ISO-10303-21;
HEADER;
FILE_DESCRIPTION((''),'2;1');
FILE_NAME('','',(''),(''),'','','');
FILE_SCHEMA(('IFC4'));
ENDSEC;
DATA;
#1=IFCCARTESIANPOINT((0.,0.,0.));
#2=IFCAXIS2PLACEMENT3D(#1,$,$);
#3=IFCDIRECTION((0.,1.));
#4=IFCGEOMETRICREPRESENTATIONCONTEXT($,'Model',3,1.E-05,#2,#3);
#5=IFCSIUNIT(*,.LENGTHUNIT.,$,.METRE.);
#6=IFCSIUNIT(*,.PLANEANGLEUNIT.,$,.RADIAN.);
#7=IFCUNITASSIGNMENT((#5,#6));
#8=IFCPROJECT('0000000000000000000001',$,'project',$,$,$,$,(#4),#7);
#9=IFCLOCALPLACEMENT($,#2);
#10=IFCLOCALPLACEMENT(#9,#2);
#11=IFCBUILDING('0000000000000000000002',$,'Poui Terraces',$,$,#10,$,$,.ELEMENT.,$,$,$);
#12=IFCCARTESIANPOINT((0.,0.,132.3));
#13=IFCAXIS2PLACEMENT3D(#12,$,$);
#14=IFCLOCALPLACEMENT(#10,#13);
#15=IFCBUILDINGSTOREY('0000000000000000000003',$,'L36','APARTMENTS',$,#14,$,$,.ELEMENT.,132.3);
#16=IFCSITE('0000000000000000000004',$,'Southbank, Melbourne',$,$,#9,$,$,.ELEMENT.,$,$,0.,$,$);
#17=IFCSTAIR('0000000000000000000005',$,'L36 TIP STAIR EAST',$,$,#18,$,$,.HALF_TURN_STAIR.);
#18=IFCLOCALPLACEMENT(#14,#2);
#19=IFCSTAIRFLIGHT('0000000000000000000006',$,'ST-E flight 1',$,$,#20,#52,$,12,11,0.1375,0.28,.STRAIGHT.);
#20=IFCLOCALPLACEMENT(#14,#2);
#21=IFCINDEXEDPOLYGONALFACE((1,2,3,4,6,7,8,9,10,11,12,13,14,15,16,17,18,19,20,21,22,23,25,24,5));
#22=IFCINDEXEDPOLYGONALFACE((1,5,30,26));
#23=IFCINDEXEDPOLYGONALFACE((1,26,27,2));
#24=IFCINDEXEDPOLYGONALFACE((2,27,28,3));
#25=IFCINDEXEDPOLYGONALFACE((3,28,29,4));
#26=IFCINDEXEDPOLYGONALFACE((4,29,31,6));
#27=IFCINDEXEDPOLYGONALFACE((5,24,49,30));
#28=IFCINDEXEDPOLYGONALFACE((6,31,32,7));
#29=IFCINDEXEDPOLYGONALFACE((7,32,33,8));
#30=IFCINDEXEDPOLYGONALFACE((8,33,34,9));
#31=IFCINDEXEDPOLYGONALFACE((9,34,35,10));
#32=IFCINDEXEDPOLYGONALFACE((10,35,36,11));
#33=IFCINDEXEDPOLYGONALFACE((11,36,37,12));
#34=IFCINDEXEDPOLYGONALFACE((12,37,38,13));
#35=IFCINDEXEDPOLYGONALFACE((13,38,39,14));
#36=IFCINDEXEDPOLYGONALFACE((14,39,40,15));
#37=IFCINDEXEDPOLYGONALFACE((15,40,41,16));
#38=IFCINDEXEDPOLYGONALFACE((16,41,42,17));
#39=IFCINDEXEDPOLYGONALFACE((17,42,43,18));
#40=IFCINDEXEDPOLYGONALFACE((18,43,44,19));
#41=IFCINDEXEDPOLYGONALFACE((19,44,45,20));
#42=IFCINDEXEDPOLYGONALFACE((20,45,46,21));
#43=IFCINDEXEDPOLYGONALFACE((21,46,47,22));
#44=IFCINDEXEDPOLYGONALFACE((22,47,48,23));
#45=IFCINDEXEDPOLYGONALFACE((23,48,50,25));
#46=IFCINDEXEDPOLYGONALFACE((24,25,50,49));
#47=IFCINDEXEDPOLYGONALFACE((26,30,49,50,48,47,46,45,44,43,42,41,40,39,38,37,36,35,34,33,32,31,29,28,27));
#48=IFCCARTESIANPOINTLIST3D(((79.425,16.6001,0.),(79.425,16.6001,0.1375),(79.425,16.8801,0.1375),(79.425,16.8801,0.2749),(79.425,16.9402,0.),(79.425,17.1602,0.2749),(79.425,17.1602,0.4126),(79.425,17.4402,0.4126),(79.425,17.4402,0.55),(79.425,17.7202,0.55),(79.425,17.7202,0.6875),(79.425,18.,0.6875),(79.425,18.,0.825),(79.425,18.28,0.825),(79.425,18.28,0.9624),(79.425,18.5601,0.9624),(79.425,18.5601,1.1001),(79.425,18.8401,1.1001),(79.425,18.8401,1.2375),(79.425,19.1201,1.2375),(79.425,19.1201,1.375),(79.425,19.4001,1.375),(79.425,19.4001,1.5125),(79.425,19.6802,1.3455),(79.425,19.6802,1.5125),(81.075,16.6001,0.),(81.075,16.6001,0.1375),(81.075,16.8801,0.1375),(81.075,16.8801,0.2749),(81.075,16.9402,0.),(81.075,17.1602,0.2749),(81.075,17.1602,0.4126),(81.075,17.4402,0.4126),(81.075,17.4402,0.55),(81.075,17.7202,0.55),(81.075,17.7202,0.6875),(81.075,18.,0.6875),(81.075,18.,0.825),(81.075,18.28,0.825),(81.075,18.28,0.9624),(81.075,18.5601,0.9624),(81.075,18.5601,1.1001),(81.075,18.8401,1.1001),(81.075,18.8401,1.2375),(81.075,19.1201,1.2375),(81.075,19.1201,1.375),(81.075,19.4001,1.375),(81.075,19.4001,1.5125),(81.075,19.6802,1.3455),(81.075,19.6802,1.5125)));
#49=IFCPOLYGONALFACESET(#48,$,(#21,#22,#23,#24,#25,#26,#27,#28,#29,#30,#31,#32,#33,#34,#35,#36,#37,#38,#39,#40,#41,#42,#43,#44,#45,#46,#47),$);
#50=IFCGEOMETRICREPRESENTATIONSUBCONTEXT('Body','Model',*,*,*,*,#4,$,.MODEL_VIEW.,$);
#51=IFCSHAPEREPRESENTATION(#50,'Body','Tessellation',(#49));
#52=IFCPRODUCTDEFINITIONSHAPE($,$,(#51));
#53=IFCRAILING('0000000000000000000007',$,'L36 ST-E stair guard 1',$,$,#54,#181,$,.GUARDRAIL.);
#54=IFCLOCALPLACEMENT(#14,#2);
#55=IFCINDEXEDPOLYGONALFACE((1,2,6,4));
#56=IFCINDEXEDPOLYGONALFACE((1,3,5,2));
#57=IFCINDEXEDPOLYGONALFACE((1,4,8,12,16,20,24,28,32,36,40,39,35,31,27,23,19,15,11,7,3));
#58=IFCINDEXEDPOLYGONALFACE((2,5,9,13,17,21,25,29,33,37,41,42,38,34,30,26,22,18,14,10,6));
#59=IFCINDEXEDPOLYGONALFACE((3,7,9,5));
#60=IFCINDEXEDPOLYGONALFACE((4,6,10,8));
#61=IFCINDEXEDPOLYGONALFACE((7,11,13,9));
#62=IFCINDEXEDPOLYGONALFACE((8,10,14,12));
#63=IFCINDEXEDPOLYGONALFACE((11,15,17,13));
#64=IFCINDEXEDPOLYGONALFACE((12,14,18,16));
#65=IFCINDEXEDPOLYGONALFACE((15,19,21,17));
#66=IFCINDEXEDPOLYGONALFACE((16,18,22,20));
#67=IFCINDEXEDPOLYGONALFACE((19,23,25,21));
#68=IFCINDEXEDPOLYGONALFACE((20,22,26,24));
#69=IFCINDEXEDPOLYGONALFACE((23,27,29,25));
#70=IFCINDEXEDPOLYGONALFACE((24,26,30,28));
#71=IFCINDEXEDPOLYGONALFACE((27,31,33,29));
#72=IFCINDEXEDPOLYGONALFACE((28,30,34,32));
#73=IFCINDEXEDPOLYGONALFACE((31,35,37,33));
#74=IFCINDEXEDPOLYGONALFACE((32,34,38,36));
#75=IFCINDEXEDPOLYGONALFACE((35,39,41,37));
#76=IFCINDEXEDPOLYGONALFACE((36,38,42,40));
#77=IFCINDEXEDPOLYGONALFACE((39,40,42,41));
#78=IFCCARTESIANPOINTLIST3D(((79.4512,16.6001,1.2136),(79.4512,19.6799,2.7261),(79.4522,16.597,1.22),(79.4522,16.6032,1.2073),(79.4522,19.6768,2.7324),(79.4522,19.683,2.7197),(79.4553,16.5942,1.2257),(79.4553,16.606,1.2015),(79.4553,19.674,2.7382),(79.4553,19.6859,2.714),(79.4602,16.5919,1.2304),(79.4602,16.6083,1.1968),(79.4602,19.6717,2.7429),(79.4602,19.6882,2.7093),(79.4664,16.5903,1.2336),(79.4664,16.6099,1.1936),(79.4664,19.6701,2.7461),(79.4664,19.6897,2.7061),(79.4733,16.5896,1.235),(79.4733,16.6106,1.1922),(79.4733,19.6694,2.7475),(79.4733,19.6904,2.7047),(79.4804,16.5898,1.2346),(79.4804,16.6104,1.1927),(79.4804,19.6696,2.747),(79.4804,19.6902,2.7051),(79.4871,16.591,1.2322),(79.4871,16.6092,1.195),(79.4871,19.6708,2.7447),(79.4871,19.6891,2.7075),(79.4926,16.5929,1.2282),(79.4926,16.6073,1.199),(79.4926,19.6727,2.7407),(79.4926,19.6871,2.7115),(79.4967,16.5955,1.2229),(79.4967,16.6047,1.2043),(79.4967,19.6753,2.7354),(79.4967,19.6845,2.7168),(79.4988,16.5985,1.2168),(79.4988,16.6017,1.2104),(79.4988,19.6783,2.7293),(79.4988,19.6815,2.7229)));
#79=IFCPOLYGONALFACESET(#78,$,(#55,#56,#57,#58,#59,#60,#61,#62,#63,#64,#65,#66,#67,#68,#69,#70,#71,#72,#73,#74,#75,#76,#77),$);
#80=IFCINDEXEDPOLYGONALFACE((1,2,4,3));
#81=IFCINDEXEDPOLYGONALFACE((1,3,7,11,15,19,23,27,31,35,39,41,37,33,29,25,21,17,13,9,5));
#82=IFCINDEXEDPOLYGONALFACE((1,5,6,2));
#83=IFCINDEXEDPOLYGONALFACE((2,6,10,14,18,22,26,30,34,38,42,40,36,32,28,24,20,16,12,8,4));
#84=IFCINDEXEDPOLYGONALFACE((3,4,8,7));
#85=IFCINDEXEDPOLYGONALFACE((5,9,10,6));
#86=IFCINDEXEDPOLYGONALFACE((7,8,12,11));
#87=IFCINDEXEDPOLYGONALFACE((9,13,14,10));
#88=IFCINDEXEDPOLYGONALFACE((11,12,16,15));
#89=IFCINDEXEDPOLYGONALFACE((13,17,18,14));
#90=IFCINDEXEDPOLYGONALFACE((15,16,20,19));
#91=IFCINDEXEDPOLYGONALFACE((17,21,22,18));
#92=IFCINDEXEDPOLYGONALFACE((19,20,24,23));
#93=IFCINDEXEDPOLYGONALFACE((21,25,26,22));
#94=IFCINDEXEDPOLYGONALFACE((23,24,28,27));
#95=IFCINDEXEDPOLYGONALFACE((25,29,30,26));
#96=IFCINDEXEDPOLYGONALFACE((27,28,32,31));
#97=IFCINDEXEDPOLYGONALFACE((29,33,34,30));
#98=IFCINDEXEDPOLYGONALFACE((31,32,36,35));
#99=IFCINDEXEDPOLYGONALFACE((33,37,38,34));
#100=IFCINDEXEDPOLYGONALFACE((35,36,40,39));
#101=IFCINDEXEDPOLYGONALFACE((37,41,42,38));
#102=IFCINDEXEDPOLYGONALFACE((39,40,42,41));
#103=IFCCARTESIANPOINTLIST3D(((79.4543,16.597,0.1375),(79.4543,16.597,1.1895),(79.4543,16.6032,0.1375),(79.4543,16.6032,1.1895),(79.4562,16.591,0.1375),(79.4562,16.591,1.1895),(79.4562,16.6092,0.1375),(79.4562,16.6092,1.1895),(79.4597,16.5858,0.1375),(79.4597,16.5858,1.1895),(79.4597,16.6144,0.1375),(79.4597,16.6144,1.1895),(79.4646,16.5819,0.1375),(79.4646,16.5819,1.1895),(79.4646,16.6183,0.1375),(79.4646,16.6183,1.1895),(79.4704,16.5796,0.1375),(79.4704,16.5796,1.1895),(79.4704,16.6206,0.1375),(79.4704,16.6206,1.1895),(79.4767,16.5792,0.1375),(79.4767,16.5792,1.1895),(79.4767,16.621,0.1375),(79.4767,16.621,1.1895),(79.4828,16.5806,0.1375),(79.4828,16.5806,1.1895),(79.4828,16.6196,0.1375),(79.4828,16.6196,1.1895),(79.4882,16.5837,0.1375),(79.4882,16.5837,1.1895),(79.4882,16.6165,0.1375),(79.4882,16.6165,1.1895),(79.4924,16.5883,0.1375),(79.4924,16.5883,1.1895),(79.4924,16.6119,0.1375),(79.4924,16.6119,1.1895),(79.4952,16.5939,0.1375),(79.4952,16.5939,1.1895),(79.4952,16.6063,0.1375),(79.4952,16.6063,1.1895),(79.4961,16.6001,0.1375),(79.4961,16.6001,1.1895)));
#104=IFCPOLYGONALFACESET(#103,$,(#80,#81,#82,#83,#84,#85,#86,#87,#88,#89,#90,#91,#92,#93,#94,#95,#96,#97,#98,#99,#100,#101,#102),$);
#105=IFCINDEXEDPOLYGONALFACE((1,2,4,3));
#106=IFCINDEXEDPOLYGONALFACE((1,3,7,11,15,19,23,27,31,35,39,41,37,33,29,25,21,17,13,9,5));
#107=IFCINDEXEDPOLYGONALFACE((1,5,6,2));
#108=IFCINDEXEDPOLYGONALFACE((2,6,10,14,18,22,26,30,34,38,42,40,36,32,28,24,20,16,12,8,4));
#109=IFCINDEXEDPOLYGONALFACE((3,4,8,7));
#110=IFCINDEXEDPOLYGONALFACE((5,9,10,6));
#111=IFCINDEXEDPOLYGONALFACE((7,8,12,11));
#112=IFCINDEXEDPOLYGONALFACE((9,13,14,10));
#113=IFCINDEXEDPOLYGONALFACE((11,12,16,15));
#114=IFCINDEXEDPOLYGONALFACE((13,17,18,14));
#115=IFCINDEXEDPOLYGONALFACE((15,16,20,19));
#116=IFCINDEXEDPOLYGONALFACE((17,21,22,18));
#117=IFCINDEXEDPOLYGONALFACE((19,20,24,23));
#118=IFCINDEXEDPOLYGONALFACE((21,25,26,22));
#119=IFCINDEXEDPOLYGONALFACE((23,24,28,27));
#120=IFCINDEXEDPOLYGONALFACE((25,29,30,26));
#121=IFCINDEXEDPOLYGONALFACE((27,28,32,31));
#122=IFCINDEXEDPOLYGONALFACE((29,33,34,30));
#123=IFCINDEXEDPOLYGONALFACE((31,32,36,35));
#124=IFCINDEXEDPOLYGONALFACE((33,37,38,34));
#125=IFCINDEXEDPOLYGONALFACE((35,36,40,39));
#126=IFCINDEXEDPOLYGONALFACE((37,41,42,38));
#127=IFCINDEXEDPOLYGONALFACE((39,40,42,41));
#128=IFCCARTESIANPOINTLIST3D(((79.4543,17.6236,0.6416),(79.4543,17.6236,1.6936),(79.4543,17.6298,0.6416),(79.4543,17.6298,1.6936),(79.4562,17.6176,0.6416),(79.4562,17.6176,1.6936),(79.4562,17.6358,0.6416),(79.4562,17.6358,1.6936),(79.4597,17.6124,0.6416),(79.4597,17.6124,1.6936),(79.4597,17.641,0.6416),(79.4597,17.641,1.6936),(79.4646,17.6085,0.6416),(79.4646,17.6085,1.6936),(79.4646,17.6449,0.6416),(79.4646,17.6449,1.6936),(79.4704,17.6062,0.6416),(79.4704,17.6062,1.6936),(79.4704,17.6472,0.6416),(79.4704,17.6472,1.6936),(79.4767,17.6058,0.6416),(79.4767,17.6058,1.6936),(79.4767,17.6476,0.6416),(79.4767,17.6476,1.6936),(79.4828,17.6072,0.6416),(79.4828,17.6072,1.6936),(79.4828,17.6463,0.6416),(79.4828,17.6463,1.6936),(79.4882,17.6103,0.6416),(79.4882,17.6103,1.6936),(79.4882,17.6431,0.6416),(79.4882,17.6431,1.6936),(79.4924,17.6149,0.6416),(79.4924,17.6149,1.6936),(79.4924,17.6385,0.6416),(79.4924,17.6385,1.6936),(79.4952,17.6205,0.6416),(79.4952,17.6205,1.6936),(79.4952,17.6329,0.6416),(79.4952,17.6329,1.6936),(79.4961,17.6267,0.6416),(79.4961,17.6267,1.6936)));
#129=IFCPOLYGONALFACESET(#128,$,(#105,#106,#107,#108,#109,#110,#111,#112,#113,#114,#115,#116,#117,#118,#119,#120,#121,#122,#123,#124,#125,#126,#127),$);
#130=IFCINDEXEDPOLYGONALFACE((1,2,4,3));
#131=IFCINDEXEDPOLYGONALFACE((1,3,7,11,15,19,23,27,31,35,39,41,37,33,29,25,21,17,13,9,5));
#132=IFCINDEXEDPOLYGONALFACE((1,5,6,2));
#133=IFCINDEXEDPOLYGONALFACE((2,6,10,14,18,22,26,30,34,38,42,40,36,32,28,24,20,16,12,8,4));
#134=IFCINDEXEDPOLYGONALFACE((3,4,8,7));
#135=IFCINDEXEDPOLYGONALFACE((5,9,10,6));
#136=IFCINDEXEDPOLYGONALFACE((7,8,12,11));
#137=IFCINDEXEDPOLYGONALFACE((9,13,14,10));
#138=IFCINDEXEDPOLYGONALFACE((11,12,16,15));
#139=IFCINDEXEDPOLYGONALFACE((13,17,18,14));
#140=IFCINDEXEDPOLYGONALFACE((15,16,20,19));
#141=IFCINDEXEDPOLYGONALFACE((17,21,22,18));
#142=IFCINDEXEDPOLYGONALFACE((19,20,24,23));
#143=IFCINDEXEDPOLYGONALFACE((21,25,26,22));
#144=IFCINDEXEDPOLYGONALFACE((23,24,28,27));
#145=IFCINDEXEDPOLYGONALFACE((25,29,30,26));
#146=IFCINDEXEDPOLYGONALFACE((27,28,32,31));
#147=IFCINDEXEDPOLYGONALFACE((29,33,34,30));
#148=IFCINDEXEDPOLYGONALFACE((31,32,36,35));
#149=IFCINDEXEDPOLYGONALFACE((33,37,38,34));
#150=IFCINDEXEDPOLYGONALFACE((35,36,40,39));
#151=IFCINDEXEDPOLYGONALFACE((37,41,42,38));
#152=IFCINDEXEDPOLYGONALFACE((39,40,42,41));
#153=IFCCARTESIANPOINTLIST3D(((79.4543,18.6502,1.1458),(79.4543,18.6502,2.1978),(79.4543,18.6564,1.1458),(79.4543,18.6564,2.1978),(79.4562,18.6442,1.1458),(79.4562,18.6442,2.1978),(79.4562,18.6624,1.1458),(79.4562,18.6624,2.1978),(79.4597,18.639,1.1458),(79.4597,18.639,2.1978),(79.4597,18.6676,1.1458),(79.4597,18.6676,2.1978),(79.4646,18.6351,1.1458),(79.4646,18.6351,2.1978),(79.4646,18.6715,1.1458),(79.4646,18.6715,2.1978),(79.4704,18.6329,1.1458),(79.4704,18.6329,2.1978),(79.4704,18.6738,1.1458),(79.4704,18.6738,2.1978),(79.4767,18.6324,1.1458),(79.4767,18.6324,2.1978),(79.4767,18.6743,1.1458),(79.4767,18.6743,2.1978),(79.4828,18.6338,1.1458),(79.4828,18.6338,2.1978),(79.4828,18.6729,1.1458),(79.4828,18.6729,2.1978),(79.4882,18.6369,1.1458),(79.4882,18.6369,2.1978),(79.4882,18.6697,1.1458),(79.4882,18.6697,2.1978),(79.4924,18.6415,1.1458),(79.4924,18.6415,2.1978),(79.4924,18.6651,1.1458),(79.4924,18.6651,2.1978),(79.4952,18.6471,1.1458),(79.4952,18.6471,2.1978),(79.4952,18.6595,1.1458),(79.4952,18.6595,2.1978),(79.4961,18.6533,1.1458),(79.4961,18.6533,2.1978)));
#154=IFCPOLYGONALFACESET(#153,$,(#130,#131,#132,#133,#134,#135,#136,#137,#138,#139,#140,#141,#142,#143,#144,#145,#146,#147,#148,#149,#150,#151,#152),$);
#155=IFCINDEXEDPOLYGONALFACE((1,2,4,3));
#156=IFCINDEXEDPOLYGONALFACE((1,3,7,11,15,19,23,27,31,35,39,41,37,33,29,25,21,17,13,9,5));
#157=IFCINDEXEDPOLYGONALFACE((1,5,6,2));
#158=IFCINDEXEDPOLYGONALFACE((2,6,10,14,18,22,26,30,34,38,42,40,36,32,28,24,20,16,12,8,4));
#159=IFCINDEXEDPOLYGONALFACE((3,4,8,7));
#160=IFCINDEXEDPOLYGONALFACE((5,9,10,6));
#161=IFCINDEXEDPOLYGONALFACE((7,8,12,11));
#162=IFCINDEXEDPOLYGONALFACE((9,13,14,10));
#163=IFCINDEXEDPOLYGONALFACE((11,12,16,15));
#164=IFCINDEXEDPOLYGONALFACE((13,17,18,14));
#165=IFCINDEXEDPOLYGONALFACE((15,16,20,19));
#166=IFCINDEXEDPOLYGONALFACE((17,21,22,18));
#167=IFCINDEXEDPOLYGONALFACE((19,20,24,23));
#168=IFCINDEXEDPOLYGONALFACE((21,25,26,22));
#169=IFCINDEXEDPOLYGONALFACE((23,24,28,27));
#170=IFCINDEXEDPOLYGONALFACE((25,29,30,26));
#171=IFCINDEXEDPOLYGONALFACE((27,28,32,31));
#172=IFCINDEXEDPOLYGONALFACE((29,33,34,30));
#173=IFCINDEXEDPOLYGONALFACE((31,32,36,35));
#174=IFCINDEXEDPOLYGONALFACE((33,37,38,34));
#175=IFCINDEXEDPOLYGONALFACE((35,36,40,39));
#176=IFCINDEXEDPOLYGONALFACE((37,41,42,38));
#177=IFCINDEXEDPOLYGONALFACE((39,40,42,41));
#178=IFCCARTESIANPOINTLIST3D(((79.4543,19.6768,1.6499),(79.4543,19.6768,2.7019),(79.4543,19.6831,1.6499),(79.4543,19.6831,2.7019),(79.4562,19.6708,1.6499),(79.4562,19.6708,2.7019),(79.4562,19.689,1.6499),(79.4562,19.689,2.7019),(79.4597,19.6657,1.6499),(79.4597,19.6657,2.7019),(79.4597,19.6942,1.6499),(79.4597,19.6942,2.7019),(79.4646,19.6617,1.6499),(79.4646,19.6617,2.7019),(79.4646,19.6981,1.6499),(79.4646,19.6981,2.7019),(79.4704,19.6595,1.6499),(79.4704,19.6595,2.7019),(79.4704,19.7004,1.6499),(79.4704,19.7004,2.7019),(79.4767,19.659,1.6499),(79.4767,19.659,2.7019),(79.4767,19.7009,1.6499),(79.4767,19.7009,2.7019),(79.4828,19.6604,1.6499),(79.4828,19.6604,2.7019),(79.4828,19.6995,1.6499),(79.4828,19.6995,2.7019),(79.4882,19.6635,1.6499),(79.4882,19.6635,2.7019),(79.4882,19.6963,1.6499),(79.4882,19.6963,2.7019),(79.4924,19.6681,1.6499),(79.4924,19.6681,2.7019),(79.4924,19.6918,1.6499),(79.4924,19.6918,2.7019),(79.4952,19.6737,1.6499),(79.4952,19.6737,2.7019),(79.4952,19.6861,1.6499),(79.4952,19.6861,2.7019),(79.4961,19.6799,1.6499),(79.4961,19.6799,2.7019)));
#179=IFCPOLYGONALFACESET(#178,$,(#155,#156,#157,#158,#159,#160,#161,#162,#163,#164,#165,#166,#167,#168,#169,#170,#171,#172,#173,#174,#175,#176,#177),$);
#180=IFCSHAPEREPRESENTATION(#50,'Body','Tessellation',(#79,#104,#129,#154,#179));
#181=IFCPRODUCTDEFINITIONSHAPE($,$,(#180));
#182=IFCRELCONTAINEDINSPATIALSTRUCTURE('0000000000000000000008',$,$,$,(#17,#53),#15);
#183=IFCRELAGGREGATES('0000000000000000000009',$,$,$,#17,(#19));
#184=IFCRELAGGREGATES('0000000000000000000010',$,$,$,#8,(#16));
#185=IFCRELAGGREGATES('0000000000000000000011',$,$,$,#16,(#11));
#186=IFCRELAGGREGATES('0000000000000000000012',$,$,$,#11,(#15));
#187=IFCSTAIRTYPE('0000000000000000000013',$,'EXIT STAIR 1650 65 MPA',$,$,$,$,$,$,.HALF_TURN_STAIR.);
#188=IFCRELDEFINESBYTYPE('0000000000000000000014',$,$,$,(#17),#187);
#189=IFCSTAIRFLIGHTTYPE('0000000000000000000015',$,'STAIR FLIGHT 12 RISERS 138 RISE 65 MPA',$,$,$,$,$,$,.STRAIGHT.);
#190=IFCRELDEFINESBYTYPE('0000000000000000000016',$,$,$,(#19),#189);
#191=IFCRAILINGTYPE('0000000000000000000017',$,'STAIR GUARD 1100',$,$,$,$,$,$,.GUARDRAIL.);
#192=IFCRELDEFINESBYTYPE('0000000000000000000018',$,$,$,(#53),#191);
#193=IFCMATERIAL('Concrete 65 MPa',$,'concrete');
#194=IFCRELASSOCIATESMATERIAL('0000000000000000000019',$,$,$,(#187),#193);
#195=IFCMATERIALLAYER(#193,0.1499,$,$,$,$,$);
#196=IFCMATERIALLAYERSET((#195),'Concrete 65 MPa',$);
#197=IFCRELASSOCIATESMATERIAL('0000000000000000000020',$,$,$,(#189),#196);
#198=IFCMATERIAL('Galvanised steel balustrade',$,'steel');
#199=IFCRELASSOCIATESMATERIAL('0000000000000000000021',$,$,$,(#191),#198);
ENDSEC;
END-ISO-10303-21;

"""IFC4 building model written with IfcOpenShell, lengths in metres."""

from ifc_helpers import new_model, si_unit, direction, frame, origin, origin_2d, place, context, subcontext, project, spatial, polyline, circle, outline, extrude, material, layer, layer_set, type_object, element, aggregate, save


model = new_model("IFC4")

# Units and contexts
model_context = context("Model", 3, precision=1e-05, world=origin(), true_north=direction((0.0, 1.0)))
body_context = subcontext(model_context, "Body", "Model", "MODEL_VIEW")
ifc_project = project(units=[si_unit("LENGTHUNIT", "METRE"), si_unit("PLANEANGLEUNIT", "RADIAN")], contexts=[model_context])

# Site, building, storey
site_placement = place(None, origin())
site = spatial("IfcSite", under=ifc_project, at=site_placement, Name="Southbank, Melbourne", CompositionType="ELEMENT", RefElevation=0.0)
building_placement = place(site_placement, origin())
building = spatial("IfcBuilding", under=site, at=building_placement, Name="Poui Terraces", CompositionType="ELEMENT")
storey_placement = place(building_placement, frame((0.0, 0.0, 132.3)))
storey = spatial("IfcBuildingStorey", under=building, at=storey_placement, Name="L36", Description="APARTMENTS", CompositionType="ELEMENT", Elevation=132.3)

# Shared definitions
ifc_material_1 = material(Name="Concrete 65 MPa", Category="concrete")

# Stair, stair flight
stair_type = type_object("IfcStairType", Name="EXIT STAIR 1650 65 MPA", PredefinedType="HALF_TURN_STAIR", material=ifc_material_1)
stair_placement = place(storey_placement, origin())
stair = element("IfcStair", 1, at=stair_placement, inside=storey, type_object=stair_type, Name="L36 TIP STAIR EAST", PredefinedType="HALF_TURN_STAIR")
ifc_layer_1 = layer(ifc_material_1, 0.1499)
ifc_layer_set_1 = layer_set([ifc_layer_1], Name="Concrete 65 MPa")
stair_flight_type = type_object("IfcStairFlightType", Name="STAIR FLIGHT 12 RISERS 138 RISE 65 MPA", PredefinedType="STRAIGHT", material=ifc_layer_set_1)
stair_flight_placement = place(storey_placement, frame((80.25, 16.6001, 0.0), z_axis=(0.0, 0.0, 1.0), x_axis=(0.0, 1.0, 0.0)))
stair_flight = element("IfcStairFlight", 2, at=stair_flight_placement, type_object=stair_flight_type, Name="ST-E flight 1", NumberOfRisers=12, NumberOfTreads=11, PredefinedType="STRAIGHT", RiserHeight=0.1375, TreadLength=0.28, context=body_context, shape_type="SweptSolid", body=[
    extrude(outline(polyline([(0.0, 0.0), (0.0, 0.1375), (0.28, 0.1375), (0.28, 0.2749), (0.5601, 0.2749), (0.5601, 0.4126), (0.8401, 0.4126), (0.8401, 0.55), (1.1201, 0.55), (1.1201, 0.6875), (1.3999, 0.6875), (1.3999, 0.825), (1.6799, 0.825), (1.6799, 0.9624), (1.96, 0.9624), (1.96, 1.1001), (2.24, 1.1001), (2.24, 1.2375), (2.52, 1.2375), (2.52, 1.375), (2.8, 1.375), (2.8, 1.5125), (3.0801, 1.5125), (3.0801, 1.6499), (3.0801, 1.3455), (0.3401, 0.0), (0.0, 0.0)])), frame((0.0, 0.825, 0.0), z_axis=(0.0, -1.0, 0.0), x_axis=(1.0, 0.0, 0.0)), (0.0, 0.0, 1.0), 1.6499),
])
aggregate(stair, [stair_flight])

# Railing
ifc_material_2 = material(Name="Galvanised steel balustrade", Category="steel")
railing_type_1 = type_object("IfcRailingType", Name="STAIR GUARD 1100", PredefinedType="GUARDRAIL", material=ifc_material_2)
railing_1_placement = place(storey_placement, frame((79.4751, 16.6001, 0.1375)))
element("IfcRailing", 3, at=railing_1_placement, inside=storey, type_object=railing_type_1, Name="L36 ST-E stair guard 1", PredefinedType="GUARDRAIL", context=body_context, shape_type="SweptSolid", body=[
    extrude(circle(Radius=0.0239, at=origin_2d()), frame((0.0, 0.0, 1.0762), z_axis=(0.0, 0.897606, 0.440798), x_axis=(-1.0, 0.0, 0.0)), (0.0, 0.0, 1.0), 3.4312),
    extrude(circle(Radius=0.021, at=origin_2d()), origin(), (0.0, 0.0, 1.0), 1.052),
    extrude(circle(Radius=0.021, at=origin_2d()), frame((0.0, 1.0266, 0.5042)), (0.0, 0.0, 1.0), 1.052),
    extrude(circle(Radius=0.021, at=origin_2d()), frame((0.0, 2.0532, 1.0083)), (0.0, 0.0, 1.0), 1.052),
    extrude(circle(Radius=0.021, at=origin_2d()), frame((0.0, 3.0798, 1.5125)), (0.0, 0.0, 1.0), 1.052),
])

save(model, "model.ifc")
